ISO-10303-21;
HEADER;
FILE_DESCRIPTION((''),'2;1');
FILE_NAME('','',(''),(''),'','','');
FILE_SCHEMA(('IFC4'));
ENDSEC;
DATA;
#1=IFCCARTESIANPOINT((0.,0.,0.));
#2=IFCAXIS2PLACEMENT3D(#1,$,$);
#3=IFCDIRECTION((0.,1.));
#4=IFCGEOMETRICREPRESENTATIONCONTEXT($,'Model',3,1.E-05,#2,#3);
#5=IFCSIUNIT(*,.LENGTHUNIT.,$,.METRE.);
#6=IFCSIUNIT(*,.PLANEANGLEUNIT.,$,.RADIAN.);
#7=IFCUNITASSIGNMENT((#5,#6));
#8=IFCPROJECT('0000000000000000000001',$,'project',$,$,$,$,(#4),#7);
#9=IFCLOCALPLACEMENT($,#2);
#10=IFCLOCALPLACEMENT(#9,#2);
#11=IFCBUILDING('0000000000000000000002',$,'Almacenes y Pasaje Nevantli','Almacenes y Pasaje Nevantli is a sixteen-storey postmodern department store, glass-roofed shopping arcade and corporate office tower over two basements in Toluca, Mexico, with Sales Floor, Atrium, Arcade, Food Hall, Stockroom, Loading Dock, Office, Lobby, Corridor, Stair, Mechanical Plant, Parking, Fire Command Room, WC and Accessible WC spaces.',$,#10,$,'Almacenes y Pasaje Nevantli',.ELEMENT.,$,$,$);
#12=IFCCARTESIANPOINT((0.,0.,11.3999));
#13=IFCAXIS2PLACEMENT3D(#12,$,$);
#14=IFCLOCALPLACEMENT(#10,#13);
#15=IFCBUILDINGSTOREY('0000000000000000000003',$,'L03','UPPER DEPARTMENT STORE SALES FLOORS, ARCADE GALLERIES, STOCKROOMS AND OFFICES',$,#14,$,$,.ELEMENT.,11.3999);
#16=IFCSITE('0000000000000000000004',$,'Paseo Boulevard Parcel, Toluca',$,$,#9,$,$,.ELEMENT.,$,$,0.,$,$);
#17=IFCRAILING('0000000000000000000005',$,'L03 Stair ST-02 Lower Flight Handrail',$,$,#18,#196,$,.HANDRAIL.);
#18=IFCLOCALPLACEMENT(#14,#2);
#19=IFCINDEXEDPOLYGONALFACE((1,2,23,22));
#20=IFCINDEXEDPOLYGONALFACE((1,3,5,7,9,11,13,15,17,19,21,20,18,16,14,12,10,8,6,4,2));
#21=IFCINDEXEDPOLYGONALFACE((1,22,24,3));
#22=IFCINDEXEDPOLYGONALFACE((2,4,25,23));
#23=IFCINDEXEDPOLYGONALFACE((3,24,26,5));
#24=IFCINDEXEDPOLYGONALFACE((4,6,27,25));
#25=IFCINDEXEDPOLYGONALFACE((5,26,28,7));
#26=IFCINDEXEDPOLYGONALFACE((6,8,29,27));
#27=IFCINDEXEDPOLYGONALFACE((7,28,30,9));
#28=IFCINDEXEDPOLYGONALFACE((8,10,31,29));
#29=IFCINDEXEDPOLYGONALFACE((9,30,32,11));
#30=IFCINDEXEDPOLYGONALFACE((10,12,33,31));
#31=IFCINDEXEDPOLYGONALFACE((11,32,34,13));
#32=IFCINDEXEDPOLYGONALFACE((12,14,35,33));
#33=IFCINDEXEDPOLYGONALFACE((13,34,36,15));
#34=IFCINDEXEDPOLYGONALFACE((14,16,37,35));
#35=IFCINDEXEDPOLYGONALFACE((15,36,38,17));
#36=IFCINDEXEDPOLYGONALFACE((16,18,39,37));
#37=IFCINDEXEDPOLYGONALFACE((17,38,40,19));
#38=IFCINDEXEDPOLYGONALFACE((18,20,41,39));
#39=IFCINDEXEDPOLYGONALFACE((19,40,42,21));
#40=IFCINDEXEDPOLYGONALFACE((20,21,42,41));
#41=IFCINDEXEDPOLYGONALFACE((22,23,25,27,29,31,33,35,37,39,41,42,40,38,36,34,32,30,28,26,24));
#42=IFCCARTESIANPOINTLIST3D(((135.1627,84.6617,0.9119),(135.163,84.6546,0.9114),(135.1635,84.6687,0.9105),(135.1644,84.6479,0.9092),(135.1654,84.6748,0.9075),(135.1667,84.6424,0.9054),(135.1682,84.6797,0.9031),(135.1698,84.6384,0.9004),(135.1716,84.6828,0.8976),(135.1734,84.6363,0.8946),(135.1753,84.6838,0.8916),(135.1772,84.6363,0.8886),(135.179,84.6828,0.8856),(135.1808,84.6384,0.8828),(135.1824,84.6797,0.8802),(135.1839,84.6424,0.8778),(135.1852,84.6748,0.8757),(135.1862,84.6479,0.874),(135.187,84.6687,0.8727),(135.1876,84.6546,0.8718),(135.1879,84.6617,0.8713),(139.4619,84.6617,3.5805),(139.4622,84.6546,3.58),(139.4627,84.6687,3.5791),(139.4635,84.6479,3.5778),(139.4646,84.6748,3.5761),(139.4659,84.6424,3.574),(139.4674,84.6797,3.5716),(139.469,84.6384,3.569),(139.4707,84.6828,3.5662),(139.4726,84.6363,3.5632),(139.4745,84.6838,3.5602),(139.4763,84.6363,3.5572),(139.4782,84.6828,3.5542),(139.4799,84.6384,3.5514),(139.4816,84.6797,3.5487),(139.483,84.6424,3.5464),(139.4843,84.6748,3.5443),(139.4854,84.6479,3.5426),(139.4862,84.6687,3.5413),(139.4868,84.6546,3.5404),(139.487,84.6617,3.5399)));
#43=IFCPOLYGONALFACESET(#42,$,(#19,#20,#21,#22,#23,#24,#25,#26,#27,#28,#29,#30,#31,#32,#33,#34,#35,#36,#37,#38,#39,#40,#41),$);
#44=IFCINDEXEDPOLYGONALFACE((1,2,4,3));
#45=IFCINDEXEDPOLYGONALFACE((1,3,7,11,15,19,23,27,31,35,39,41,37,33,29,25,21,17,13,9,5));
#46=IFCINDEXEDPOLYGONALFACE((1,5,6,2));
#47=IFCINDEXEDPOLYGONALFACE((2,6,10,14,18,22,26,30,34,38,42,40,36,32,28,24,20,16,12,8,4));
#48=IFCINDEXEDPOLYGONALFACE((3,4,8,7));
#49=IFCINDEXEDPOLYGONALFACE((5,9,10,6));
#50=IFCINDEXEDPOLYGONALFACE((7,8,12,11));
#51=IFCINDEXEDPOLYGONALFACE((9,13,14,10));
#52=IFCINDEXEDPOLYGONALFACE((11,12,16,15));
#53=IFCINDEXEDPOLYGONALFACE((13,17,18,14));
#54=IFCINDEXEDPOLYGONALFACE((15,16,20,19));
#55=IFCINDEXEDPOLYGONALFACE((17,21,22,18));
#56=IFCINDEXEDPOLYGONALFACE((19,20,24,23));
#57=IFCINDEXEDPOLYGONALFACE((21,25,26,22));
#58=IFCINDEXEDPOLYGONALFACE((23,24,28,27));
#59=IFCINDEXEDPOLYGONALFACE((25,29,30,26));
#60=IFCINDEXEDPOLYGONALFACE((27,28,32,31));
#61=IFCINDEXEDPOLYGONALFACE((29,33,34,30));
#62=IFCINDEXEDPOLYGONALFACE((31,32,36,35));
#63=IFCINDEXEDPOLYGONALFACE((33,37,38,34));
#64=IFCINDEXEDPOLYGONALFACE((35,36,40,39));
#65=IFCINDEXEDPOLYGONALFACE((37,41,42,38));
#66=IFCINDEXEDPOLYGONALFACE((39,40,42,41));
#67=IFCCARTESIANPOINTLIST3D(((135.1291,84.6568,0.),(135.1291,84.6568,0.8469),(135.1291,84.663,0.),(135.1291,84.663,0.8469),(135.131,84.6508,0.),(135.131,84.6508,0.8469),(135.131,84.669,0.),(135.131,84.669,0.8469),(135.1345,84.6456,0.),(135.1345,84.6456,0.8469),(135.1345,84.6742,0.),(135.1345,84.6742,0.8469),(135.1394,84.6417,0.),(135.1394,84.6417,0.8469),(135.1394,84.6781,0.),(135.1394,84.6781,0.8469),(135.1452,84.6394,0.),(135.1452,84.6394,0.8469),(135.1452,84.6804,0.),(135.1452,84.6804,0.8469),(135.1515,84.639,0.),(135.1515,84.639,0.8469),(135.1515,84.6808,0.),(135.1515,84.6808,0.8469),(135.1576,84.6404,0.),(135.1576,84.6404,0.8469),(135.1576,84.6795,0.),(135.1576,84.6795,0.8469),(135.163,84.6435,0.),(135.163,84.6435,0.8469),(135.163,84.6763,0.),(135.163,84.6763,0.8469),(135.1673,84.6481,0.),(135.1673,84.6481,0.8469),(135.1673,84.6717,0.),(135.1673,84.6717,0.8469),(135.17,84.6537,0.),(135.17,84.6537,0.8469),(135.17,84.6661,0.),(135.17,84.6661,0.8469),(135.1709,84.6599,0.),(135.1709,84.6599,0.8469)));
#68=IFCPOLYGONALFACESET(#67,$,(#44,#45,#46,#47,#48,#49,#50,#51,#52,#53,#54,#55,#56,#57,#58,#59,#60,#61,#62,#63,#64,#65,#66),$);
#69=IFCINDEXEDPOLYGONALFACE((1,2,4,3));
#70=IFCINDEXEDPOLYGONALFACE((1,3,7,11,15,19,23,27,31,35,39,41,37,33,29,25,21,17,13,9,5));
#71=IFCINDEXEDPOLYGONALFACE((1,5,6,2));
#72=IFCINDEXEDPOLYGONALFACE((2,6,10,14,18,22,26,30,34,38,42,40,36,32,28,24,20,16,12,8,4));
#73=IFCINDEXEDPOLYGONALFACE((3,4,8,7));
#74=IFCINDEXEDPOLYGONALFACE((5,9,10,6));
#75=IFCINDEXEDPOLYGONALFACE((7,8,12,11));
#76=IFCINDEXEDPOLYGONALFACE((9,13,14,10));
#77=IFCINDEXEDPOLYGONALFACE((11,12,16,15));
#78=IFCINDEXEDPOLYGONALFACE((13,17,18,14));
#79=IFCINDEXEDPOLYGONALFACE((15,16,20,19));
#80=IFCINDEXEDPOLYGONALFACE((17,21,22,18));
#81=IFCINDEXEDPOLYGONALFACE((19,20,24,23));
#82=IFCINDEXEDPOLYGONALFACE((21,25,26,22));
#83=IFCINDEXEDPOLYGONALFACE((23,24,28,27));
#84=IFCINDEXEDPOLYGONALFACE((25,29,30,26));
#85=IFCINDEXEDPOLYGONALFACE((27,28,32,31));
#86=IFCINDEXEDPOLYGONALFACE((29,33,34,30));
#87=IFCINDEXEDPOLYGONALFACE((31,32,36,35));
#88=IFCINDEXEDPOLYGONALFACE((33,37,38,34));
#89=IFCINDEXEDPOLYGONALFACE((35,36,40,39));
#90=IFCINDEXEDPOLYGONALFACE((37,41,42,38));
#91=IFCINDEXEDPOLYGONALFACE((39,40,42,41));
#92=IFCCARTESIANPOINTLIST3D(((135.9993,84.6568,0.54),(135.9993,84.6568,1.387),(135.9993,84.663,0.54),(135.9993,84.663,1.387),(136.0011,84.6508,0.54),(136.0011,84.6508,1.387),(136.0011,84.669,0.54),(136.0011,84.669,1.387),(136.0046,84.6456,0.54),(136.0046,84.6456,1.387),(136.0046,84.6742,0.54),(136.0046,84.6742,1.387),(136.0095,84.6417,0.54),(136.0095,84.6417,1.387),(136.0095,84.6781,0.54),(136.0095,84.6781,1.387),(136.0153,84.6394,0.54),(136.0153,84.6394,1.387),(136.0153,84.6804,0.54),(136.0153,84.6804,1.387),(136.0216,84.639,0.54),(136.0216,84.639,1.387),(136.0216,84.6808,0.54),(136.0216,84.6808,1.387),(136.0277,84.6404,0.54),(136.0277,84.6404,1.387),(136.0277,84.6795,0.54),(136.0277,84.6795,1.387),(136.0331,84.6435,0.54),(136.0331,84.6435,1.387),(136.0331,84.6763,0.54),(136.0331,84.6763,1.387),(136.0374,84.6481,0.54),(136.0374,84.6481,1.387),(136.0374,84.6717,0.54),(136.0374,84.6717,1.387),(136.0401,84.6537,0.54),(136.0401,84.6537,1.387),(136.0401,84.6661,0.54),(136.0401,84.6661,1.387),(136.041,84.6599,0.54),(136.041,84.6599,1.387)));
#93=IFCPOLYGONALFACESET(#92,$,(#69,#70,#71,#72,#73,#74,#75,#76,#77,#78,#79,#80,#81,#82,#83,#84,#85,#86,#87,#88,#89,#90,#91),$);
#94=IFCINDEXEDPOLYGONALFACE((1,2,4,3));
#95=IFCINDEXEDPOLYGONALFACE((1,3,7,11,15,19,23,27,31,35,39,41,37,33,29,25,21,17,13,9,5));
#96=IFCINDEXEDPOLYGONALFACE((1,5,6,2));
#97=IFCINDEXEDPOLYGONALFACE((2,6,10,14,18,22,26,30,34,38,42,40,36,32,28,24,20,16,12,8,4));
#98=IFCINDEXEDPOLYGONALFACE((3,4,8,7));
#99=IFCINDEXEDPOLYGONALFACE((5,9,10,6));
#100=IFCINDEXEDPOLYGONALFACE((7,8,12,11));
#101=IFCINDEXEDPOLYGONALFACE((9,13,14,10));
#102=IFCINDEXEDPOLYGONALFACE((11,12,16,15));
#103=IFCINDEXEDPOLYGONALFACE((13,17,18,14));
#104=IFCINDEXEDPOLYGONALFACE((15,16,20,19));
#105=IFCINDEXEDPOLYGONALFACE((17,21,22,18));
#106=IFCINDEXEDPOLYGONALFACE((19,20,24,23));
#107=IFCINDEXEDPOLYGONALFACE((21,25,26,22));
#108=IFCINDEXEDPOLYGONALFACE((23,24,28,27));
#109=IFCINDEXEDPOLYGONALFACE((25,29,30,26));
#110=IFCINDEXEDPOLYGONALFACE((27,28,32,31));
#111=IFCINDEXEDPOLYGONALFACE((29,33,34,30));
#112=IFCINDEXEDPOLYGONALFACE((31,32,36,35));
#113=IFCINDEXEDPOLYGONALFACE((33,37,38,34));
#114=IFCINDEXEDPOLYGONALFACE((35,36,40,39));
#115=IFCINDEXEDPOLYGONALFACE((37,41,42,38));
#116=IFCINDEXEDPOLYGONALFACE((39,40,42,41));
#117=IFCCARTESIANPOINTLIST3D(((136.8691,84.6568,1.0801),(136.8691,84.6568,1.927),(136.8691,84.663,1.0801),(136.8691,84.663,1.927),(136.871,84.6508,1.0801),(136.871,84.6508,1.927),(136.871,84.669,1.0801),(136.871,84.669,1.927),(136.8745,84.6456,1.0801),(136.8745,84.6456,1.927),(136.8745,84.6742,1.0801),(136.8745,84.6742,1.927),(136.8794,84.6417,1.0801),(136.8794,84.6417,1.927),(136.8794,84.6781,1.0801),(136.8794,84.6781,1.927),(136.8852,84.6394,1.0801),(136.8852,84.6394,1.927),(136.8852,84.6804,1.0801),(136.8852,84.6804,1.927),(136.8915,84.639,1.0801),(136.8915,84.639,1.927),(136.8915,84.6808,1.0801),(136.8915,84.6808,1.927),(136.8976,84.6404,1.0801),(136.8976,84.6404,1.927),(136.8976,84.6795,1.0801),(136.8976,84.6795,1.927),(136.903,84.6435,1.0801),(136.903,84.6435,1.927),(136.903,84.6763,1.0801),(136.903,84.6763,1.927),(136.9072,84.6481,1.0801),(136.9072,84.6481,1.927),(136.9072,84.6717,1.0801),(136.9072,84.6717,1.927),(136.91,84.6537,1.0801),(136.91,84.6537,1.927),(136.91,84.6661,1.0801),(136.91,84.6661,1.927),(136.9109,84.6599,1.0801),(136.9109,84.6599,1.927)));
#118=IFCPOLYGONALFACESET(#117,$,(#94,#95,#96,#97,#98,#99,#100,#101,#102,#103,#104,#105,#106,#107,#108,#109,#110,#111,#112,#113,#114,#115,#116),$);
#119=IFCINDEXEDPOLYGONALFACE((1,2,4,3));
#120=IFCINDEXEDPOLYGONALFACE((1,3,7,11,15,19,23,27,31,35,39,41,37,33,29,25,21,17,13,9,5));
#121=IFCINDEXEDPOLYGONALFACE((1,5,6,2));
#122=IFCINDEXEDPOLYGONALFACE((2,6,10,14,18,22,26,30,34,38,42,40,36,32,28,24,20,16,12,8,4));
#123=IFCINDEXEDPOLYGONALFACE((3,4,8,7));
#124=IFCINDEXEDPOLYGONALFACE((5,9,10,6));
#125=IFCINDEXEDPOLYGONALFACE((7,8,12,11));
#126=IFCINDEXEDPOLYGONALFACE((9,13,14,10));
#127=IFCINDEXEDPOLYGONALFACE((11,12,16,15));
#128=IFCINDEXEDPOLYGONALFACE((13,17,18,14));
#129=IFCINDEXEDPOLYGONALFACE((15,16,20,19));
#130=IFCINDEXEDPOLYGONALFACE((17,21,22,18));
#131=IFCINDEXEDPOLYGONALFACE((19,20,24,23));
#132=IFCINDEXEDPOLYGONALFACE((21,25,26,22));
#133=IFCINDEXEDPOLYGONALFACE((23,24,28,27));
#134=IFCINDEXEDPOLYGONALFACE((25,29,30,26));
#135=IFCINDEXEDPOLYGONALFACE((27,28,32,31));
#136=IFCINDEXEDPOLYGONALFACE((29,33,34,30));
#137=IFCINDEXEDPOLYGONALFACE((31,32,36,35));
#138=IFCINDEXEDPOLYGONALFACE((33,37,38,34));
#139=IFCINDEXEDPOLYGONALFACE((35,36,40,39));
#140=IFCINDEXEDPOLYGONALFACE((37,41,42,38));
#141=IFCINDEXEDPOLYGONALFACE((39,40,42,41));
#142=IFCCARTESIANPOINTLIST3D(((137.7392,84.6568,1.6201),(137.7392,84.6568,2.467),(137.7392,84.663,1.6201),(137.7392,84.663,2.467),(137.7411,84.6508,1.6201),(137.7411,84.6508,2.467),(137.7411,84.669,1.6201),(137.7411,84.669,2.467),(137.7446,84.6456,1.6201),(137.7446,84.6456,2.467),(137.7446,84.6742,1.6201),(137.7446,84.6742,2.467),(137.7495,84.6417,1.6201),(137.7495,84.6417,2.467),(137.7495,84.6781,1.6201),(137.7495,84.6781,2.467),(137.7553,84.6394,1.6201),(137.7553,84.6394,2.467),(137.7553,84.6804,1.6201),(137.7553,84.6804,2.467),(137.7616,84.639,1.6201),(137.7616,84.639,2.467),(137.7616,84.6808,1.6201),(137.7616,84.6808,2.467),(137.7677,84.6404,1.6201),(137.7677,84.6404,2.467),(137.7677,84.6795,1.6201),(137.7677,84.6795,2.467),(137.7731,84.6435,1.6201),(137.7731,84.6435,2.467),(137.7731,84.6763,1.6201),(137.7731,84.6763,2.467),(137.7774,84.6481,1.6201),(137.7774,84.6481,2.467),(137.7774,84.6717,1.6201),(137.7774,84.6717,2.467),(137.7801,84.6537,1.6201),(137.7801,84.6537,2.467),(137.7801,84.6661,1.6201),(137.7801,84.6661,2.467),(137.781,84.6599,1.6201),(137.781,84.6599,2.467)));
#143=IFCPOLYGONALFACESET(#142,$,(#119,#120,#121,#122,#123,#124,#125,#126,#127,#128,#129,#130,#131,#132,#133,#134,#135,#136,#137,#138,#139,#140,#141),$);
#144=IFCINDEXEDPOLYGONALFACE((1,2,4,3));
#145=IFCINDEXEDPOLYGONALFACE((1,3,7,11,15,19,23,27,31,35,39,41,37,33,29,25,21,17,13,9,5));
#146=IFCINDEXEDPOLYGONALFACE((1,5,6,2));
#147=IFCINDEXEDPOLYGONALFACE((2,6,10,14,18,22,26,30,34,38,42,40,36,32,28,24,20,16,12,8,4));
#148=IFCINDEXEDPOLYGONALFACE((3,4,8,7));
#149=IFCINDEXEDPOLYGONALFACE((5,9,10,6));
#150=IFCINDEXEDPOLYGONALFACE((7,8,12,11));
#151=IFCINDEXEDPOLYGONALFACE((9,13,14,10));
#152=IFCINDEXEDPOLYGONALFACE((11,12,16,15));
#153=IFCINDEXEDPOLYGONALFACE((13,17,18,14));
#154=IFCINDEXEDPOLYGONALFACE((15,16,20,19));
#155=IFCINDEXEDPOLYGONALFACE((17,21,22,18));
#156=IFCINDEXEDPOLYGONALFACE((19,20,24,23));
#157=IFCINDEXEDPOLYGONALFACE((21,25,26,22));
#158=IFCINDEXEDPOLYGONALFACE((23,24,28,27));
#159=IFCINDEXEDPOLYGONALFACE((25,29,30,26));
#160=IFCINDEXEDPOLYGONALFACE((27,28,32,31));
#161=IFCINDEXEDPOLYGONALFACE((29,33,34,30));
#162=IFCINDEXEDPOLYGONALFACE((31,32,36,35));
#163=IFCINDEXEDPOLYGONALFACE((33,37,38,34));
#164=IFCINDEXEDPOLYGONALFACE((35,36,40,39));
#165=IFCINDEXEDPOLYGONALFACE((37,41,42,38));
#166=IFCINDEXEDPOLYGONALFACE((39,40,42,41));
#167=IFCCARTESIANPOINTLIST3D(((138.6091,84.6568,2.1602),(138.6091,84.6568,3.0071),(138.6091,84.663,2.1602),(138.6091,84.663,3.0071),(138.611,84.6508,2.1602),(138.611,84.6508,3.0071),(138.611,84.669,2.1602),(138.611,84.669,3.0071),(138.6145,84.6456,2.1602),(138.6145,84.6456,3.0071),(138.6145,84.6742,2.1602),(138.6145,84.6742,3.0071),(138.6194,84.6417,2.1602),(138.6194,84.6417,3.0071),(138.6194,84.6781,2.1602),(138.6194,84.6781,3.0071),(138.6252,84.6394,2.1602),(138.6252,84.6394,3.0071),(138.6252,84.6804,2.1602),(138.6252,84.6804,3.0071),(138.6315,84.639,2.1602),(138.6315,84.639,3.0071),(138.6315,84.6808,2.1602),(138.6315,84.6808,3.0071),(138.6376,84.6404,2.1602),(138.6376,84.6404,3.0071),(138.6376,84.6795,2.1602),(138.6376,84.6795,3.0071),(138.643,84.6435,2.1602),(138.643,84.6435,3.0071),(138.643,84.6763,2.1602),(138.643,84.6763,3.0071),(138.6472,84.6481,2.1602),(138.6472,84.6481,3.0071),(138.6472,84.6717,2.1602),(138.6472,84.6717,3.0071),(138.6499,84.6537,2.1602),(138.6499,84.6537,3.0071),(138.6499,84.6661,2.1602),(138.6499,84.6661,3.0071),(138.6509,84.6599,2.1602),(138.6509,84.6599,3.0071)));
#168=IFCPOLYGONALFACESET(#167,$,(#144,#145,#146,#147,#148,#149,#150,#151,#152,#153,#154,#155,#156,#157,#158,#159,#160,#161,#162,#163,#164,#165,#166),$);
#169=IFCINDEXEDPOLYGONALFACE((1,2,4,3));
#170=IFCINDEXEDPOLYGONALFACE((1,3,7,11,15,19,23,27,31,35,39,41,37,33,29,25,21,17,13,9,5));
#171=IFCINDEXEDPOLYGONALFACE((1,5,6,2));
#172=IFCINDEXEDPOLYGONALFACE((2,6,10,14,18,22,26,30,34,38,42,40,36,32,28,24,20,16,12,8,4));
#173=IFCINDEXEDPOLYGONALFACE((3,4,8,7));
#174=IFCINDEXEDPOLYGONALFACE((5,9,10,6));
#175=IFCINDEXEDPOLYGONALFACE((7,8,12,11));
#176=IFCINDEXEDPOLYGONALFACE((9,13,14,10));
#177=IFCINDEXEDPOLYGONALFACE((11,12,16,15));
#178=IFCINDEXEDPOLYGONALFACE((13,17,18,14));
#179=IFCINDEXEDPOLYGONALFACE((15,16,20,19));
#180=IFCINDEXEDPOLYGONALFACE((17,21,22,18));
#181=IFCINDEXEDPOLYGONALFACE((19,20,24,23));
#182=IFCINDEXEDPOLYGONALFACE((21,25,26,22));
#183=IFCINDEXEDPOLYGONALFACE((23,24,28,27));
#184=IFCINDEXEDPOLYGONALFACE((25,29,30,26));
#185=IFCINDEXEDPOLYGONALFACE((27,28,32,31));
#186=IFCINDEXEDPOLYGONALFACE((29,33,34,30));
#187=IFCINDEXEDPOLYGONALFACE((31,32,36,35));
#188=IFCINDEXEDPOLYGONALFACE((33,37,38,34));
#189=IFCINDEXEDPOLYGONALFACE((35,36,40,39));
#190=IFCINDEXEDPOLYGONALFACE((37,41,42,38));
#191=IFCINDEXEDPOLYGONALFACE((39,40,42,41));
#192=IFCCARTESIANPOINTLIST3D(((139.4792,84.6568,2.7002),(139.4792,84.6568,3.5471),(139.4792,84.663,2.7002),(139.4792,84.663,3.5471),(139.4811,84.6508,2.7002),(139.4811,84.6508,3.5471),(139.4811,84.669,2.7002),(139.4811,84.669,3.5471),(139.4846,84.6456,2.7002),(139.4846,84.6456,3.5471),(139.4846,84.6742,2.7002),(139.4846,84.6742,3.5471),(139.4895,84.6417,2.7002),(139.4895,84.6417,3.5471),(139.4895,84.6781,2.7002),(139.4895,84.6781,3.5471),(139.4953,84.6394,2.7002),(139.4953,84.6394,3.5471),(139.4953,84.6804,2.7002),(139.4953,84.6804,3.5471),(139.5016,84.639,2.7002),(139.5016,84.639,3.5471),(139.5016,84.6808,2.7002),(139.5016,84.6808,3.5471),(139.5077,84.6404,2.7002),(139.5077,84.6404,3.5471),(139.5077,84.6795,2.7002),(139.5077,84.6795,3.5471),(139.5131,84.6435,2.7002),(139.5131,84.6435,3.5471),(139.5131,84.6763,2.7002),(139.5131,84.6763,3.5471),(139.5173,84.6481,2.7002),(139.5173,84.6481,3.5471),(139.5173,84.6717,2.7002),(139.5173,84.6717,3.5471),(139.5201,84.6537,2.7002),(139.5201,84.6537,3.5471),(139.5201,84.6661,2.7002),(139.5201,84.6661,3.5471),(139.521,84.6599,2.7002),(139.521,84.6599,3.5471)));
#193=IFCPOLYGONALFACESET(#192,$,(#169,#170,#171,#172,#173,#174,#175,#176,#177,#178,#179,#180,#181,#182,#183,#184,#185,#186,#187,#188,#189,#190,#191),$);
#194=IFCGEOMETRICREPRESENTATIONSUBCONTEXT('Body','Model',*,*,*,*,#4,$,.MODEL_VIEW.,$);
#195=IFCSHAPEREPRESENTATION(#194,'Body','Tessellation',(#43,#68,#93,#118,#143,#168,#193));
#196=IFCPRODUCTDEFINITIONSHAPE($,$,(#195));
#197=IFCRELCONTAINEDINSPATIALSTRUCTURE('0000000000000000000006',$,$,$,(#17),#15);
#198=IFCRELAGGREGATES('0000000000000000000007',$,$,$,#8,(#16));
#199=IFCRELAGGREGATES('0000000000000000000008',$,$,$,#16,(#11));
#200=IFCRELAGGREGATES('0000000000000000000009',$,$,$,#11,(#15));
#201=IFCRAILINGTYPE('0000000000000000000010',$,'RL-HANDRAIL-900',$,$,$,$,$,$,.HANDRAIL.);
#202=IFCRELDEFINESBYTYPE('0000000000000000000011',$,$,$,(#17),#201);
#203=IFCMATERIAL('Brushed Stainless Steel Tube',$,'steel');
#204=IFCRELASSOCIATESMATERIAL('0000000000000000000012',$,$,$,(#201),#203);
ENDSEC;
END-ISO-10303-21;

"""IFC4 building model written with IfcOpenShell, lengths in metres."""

from ifc_helpers import new_model, si_unit, direction, frame, origin, origin_2d, place, context, subcontext, project, spatial, circle, extrude, material, type_object, element, save


model = new_model("IFC4")

# Units and contexts
model_context = context("Model", 3, precision=1e-05, world=origin(), true_north=direction((0.0, 1.0)))
body_context = subcontext(model_context, "Body", "Model", "MODEL_VIEW")
ifc_project = project(units=[si_unit("LENGTHUNIT", "METRE"), si_unit("PLANEANGLEUNIT", "RADIAN")], contexts=[model_context])

# Site, building, storey
site_placement = place(None, origin())
site = spatial("IfcSite", under=ifc_project, at=site_placement, Name="Paseo Boulevard Parcel, Toluca", CompositionType="ELEMENT", RefElevation=0.0)
building_placement = place(site_placement, origin())
building = spatial("IfcBuilding", under=site, at=building_placement, Name="Almacenes y Pasaje Nevantli", Description="Almacenes y Pasaje Nevantli is a sixteen-storey postmodern department store, glass-roofed shopping arcade and corporate office tower over two basements in Toluca, Mexico, with Sales Floor, Atrium, Arcade, Food Hall, Stockroom, Loading Dock, Office, Lobby, Corridor, Stair, Mechanical Plant, Parking, Fire Command Room, WC and Accessible WC spaces.", LongName="Almacenes y Pasaje Nevantli", CompositionType="ELEMENT")
storey_placement = place(building_placement, frame((0.0, 0.0, 11.3999)))
storey = spatial("IfcBuildingStorey", under=building, at=storey_placement, Name="L03", Description="UPPER DEPARTMENT STORE SALES FLOORS, ARCADE GALLERIES, STOCKROOMS AND OFFICES", CompositionType="ELEMENT", Elevation=11.3999)

# Railing
ifc_material_1 = material(Name="Brushed Stainless Steel Tube", Category="steel")
railing_type_1 = type_object("IfcRailingType", Name="RL-HANDRAIL-900", PredefinedType="HANDRAIL", material=ifc_material_1)
railing_1_placement = place(storey_placement, frame((135.1499, 84.6599, 0.0)))
element("IfcRailing", 1, at=railing_1_placement, inside=storey, type_object=railing_type_1, Name="L03 Stair ST-02 Lower Flight Handrail", PredefinedType="HANDRAIL", context=body_context, shape_type="SweptSolid", body=[
    extrude(circle(Radius=0.0239, at=origin_2d()), frame((0.0254, 0.0, 0.8916), z_axis=(0.849628, 0.0, 0.527382), x_axis=(0.0, 1.0, 0.0)), (0.0, 0.0, 1.0), 5.0601),
    extrude(circle(Radius=0.021, at=origin_2d()), origin(), (0.0, 0.0, 1.0), 0.8469),
    extrude(circle(Radius=0.021, at=origin_2d()), frame((0.8701, 0.0, 0.54)), (0.0, 0.0, 1.0), 0.8469),
    extrude(circle(Radius=0.021, at=origin_2d()), frame((1.74, 0.0, 1.0801)), (0.0, 0.0, 1.0), 0.8469),
    extrude(circle(Radius=0.021, at=origin_2d()), frame((2.6101, 0.0, 1.6201)), (0.0, 0.0, 1.0), 0.8469),
    extrude(circle(Radius=0.021, at=origin_2d()), frame((3.48, 0.0, 2.1602)), (0.0, 0.0, 1.0), 0.8469),
    extrude(circle(Radius=0.021, at=origin_2d()), frame((4.3501, 0.0, 2.7002)), (0.0, 0.0, 1.0), 0.8469),
])

save(model, "model.ifc")
